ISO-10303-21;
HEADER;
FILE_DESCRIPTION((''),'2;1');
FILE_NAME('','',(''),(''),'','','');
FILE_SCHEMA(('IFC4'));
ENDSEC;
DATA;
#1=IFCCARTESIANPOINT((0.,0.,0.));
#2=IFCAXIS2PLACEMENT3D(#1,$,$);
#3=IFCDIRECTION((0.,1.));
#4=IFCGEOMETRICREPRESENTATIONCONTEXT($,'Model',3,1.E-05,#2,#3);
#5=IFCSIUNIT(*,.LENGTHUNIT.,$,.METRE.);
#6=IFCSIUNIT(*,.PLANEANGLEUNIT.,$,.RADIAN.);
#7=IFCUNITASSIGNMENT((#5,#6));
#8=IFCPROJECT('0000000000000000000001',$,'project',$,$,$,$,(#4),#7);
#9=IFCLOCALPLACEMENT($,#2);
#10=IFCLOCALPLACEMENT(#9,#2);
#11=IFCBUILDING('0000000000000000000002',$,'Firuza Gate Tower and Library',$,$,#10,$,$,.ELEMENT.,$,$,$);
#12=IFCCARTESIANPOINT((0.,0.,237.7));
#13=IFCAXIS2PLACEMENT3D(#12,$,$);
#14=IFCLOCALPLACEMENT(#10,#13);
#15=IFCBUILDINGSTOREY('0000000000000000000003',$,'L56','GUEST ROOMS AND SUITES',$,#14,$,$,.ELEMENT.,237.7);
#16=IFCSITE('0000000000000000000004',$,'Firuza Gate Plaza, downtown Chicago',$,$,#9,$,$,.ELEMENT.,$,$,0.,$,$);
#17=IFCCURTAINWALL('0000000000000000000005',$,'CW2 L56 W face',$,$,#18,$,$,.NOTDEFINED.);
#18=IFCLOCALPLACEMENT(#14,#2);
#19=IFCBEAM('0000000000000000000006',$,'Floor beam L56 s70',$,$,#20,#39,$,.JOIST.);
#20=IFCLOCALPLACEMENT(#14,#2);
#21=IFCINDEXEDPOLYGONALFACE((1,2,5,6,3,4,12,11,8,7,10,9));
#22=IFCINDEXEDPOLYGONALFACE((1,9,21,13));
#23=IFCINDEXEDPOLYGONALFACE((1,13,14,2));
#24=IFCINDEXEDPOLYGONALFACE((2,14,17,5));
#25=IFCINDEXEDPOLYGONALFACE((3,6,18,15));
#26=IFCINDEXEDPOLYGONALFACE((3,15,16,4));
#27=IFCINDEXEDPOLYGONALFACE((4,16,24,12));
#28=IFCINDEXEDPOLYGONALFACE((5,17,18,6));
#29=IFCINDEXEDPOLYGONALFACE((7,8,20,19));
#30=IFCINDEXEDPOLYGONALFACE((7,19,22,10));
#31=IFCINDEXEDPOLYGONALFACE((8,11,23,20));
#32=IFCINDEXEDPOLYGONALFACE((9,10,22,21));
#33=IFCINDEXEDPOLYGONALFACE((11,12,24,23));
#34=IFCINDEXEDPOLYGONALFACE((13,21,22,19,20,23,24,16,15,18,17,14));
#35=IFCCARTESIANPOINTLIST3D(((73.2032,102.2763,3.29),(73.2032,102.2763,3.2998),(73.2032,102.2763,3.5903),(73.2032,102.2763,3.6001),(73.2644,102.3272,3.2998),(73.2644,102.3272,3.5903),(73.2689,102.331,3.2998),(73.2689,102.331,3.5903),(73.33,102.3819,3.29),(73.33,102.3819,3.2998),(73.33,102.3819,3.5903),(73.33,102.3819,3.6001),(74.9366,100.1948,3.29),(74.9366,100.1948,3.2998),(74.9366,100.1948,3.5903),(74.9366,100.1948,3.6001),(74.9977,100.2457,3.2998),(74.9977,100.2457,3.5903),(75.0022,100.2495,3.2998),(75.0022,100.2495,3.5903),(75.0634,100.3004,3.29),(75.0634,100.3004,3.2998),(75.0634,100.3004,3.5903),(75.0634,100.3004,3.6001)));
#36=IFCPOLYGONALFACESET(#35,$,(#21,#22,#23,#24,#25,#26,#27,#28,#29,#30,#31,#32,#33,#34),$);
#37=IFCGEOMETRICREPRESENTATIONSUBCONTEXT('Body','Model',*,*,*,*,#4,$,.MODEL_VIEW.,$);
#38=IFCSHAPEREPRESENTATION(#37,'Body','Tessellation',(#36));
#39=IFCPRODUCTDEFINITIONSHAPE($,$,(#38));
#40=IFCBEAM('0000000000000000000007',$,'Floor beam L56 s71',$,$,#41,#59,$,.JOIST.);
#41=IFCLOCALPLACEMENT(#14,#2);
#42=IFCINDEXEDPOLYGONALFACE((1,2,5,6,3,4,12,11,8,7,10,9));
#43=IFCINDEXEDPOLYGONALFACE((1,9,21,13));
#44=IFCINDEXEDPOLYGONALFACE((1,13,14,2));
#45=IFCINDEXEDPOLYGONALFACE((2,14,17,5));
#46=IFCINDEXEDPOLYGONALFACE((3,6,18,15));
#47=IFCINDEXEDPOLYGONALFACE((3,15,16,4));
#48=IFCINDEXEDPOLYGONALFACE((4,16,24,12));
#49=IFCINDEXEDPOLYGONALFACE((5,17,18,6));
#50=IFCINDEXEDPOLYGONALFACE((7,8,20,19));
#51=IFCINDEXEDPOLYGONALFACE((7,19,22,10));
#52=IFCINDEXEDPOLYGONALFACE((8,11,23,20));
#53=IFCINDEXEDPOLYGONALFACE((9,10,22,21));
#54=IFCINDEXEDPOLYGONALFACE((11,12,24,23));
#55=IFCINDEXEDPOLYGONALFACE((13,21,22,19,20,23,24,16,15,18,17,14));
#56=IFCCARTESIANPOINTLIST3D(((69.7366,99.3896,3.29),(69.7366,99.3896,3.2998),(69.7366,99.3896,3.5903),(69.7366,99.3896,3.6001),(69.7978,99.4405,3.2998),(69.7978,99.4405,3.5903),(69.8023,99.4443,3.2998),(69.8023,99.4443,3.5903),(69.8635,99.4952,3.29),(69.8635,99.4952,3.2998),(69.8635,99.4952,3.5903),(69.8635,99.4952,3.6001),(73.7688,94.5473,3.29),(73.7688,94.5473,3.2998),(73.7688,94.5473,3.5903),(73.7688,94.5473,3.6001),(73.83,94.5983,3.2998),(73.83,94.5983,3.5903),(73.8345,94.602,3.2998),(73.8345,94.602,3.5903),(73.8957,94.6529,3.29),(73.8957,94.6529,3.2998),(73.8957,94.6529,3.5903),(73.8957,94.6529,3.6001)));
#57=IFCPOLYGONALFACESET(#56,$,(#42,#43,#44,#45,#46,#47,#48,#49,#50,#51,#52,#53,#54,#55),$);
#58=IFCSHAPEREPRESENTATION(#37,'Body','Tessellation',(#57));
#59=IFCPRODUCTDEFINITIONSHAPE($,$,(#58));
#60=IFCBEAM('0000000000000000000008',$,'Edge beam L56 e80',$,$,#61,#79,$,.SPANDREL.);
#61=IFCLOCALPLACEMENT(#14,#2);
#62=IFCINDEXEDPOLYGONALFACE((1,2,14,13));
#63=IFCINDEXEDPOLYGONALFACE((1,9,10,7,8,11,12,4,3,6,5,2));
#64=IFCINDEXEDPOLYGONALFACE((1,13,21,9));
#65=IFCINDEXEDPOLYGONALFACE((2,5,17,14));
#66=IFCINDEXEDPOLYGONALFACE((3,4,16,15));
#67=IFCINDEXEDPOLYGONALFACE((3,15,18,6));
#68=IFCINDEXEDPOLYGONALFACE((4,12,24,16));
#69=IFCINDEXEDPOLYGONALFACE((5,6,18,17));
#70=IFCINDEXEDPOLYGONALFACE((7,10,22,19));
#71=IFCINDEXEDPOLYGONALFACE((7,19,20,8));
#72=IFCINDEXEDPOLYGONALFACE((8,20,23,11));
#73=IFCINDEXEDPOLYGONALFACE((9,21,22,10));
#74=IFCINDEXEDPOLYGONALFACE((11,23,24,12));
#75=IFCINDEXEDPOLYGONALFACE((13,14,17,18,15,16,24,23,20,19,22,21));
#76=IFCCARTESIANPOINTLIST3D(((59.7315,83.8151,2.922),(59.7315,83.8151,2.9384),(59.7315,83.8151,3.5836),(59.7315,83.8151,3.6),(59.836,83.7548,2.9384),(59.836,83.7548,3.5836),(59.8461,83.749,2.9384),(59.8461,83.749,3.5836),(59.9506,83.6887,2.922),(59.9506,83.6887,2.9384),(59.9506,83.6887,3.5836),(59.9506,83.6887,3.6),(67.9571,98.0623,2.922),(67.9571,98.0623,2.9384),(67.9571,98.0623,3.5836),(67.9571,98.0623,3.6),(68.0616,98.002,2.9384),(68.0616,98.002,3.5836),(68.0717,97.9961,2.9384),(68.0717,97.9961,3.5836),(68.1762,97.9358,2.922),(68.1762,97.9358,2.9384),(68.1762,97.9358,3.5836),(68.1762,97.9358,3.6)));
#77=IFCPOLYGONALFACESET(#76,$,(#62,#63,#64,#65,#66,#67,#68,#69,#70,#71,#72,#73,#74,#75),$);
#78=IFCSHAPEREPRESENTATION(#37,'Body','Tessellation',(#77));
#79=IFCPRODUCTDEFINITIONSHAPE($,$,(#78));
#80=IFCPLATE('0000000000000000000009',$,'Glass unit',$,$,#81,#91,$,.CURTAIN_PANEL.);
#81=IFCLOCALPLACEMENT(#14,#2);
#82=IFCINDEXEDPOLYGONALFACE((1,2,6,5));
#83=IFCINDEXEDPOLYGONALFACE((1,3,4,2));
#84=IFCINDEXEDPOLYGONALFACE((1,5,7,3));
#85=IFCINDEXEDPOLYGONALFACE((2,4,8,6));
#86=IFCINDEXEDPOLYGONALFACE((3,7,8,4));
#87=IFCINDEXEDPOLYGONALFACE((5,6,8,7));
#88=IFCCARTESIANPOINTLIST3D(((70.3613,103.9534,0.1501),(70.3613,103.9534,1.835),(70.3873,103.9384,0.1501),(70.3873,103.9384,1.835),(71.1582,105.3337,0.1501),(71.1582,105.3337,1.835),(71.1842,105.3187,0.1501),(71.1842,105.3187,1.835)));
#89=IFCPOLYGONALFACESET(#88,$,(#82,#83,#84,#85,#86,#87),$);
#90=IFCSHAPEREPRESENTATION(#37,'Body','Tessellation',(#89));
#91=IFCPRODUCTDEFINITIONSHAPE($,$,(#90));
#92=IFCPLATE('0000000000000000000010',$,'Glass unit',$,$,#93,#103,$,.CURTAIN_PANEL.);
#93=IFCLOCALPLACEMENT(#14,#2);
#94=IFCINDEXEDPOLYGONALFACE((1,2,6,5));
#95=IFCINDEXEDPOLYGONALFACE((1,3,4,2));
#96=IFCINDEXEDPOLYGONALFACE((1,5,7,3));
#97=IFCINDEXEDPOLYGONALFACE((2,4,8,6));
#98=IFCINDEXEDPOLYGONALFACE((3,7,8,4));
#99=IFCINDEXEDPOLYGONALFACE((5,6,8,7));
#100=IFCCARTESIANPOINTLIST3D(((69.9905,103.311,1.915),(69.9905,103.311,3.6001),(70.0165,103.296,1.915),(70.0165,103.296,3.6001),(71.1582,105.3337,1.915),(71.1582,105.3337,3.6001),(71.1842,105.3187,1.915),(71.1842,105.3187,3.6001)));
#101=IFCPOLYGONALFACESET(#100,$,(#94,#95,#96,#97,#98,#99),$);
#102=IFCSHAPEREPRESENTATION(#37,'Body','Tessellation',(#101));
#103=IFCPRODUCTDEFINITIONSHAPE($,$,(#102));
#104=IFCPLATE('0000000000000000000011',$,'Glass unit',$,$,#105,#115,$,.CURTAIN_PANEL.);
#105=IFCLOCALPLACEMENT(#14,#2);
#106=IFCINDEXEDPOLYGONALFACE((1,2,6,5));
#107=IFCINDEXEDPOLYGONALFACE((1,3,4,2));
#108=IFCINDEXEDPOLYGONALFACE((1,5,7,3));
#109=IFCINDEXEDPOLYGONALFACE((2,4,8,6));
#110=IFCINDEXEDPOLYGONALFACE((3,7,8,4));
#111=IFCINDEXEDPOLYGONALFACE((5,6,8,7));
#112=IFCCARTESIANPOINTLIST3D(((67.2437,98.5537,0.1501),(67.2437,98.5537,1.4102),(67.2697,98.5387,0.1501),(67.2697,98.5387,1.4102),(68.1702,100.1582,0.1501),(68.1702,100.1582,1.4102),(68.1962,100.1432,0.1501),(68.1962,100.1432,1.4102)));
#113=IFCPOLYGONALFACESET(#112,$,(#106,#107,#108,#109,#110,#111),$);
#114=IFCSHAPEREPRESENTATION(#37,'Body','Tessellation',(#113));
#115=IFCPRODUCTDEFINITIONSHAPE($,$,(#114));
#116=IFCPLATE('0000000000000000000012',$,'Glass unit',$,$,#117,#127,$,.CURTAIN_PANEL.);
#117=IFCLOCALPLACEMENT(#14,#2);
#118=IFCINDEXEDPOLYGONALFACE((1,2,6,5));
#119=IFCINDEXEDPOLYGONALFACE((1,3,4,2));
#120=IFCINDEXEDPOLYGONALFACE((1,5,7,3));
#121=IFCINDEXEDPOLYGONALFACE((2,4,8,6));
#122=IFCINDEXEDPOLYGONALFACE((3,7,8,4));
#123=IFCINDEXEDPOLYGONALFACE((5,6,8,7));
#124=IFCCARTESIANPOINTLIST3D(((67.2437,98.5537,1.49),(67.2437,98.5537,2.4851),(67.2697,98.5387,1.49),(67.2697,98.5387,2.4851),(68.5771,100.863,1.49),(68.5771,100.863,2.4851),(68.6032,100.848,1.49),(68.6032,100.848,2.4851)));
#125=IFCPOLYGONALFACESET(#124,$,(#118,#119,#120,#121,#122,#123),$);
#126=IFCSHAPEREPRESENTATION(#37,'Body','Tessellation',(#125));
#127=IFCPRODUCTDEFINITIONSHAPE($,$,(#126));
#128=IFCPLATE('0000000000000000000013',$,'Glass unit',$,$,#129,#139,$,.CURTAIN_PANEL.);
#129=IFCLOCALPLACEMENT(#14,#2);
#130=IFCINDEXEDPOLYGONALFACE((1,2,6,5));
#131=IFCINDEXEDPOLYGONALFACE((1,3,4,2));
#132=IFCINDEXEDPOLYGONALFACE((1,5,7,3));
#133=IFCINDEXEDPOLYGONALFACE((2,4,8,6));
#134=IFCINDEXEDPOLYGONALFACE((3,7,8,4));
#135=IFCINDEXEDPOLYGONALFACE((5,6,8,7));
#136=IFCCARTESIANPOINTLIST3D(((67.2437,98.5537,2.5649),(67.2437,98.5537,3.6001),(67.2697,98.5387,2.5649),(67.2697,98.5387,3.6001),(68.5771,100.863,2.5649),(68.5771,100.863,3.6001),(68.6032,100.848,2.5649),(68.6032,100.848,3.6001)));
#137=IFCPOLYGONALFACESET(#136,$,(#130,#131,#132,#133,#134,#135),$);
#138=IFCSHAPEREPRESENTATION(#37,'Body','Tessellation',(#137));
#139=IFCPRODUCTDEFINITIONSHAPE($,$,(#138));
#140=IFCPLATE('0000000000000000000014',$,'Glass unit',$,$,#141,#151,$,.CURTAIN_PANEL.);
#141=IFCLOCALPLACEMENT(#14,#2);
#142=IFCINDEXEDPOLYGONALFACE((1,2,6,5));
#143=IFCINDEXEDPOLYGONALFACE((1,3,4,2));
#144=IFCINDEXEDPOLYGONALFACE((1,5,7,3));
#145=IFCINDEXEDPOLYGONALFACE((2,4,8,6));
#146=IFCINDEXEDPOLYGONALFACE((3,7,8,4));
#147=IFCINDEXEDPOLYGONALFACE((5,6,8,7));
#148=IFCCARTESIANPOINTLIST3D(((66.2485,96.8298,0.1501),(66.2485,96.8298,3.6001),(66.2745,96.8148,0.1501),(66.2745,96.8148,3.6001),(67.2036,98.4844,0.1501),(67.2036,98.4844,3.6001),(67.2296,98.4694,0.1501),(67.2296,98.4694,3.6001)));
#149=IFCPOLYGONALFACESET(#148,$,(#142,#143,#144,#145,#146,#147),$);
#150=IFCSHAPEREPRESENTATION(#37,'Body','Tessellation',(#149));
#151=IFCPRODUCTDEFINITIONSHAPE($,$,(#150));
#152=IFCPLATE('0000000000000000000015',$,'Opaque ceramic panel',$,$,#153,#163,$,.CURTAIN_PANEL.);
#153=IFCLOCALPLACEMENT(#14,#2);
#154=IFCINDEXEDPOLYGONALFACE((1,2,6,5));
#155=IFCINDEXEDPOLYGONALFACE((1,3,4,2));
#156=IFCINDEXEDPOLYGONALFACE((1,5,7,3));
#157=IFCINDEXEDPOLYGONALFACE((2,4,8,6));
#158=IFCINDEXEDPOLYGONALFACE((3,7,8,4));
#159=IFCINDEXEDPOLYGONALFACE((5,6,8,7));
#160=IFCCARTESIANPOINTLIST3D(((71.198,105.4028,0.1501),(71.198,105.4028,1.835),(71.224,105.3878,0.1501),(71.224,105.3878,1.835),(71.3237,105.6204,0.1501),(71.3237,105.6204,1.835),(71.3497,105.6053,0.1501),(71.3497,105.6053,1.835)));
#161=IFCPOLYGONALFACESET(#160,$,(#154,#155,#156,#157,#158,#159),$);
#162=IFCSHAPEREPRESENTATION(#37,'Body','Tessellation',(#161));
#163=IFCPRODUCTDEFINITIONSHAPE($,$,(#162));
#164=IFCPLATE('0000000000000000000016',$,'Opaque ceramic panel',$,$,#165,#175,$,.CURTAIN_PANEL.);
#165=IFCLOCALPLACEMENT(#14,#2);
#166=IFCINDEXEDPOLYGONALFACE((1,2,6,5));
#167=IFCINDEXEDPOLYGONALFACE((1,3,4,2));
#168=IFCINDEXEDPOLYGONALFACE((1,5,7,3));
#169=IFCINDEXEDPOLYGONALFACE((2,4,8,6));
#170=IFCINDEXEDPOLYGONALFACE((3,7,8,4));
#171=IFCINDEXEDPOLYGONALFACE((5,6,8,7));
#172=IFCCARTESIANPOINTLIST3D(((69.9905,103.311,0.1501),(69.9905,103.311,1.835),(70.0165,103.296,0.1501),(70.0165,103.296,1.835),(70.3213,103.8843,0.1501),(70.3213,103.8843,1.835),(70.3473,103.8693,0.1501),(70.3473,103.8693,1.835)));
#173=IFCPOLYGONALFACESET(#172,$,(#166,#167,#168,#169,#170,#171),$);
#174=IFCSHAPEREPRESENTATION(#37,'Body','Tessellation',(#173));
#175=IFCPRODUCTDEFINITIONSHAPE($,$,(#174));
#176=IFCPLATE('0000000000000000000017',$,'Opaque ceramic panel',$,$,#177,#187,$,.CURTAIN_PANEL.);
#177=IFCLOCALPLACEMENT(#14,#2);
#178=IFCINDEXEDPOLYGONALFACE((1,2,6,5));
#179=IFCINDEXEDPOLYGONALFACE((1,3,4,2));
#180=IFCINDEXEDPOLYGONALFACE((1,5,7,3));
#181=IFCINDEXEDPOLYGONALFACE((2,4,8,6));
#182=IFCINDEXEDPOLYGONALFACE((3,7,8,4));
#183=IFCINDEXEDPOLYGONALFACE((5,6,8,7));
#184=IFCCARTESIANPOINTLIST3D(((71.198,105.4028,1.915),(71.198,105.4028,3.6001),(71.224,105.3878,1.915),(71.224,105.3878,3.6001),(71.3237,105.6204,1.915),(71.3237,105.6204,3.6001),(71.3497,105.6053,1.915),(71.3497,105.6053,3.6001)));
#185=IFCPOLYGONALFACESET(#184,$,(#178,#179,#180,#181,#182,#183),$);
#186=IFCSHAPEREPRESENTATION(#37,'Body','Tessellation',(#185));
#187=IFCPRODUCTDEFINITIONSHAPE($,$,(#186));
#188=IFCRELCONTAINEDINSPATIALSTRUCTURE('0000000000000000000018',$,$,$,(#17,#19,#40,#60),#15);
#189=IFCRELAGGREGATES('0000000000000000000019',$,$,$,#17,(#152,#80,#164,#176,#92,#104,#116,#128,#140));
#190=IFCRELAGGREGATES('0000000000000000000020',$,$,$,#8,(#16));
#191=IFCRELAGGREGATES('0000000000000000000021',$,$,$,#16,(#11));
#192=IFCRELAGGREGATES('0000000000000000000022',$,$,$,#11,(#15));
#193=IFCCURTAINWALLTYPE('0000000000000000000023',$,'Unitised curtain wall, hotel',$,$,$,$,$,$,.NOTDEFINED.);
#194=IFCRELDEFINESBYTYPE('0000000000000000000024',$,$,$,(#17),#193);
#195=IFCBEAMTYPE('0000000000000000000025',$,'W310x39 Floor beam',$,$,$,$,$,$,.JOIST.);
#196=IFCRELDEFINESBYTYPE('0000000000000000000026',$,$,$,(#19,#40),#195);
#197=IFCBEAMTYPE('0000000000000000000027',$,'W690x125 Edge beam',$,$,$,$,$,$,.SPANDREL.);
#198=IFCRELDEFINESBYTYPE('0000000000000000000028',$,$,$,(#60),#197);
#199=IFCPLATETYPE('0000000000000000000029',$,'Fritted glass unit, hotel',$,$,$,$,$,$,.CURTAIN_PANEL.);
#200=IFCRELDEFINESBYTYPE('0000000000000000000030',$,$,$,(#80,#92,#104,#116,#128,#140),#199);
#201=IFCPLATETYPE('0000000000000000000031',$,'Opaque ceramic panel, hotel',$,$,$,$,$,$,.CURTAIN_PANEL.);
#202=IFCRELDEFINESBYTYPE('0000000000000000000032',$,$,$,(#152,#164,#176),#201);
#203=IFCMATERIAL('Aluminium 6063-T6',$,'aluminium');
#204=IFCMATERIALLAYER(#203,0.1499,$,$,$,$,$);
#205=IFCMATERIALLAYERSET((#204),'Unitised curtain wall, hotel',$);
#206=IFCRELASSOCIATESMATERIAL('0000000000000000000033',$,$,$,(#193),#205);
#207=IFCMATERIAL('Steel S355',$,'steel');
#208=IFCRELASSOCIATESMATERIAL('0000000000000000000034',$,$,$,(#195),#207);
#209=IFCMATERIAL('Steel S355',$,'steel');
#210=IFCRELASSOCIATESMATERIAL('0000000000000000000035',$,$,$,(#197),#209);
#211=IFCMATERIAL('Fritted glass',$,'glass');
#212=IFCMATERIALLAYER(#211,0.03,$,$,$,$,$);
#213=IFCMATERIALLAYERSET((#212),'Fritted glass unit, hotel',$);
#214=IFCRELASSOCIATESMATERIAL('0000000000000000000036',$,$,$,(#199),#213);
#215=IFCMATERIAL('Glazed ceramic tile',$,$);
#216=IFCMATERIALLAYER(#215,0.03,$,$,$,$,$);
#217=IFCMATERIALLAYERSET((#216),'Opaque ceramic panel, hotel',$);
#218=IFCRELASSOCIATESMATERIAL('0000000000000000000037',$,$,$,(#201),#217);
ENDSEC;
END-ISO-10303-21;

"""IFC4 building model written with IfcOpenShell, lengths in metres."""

from ifc_helpers import new_model, si_unit, direction, frame, origin, origin_2d, place, context, subcontext, project, spatial, polyline, i_section, outline, extrude, material, layer, layer_set, material_profile, profile_set, type_object, element, aggregate, save


model = new_model("IFC4")

# Units and contexts
model_context = context("Model", 3, precision=1e-05, world=origin(), true_north=direction((0.0, 1.0)))
body_context = subcontext(model_context, "Body", "Model", "MODEL_VIEW")
ifc_project = project(units=[si_unit("LENGTHUNIT", "METRE"), si_unit("PLANEANGLEUNIT", "RADIAN")], contexts=[model_context])

# Site, building, storey
site_placement = place(None, origin())
site = spatial("IfcSite", under=ifc_project, at=site_placement, Name="Firuza Gate Plaza, downtown Chicago", CompositionType="ELEMENT", RefElevation=0.0)
building_placement = place(site_placement, origin())
building = spatial("IfcBuilding", under=site, at=building_placement, Name="Firuza Gate Tower and Library", CompositionType="ELEMENT")
storey_placement = place(building_placement, frame((0.0, 0.0, 237.7)))
storey = spatial("IfcBuildingStorey", under=building, at=storey_placement, Name="L56", Description="GUEST ROOMS AND SUITES", CompositionType="ELEMENT", Elevation=237.7)

# Curtain wall
ifc_material_1 = material(Name="Aluminium 6063-T6", Category="aluminium")
ifc_layer_1 = layer(ifc_material_1, 0.1499)
ifc_layer_set_1 = layer_set([ifc_layer_1], Name="Unitised curtain wall, hotel")
curtain_wall_type = type_object("IfcCurtainWallType", Name="Unitised curtain wall, hotel", PredefinedType="NOTDEFINED", material=ifc_layer_set_1)
curtain_wall_placement = place(storey_placement, origin())
curtain_wall = element("IfcCurtainWall", 1, at=curtain_wall_placement, inside=storey, type_object=curtain_wall_type, Name="CW2 L56 W face", PredefinedType="NOTDEFINED")

# Beams
ifc_material_2 = material(Name="Steel S355", Category="steel")
ifc_material_profile_1 = material_profile(ifc_material_2, i_section(OverallWidth=0.165, OverallDepth=0.3101, WebThickness=0.0059, FlangeThickness=0.0098, at=origin_2d()))
ifc_profile_set_1 = profile_set([ifc_material_profile_1], Name="Steel S355")
beam_type_1 = type_object("IfcBeamType", Name="W310x39 Floor beam", PredefinedType="JOIST", material=ifc_profile_set_1)
beam_1_placement = place(storey_placement, frame((73.2666, 102.3291, 3.4451), z_axis=(0.639918, -0.768443, 0.0), x_axis=(0.768443, 0.639918, 0.0)))
element("IfcBeam", 2, at=beam_1_placement, inside=storey, type_object=beam_type_1, Name="Floor beam L56 s70", PredefinedType="JOIST", context=body_context, shape_type="SweptSolid", body=[
    extrude(i_section(OverallWidth=0.165, OverallDepth=0.3101, WebThickness=0.0059, FlangeThickness=0.0098, at=origin_2d()), origin(), (0.0, 0.0, 1.0), 2.7087),
])
beam_2_placement = place(storey_placement, frame((69.8, 99.4424, 3.4451), z_axis=(0.639902, -0.768456, 0.0), x_axis=(0.768456, 0.639902, 0.0)))
element("IfcBeam", 3, at=beam_2_placement, inside=storey, type_object=beam_type_1, Name="Floor beam L56 s71", PredefinedType="JOIST", context=body_context, shape_type="SweptSolid", body=[
    extrude(i_section(OverallWidth=0.165, OverallDepth=0.3101, WebThickness=0.0059, FlangeThickness=0.0098, at=origin_2d()), origin(), (0.0, 0.0, 1.0), 6.3013),
])
ifc_material_3 = material(Name="Steel S355", Category="steel")
ifc_material_profile_2 = material_profile(ifc_material_3, i_section(OverallWidth=0.2529, OverallDepth=0.678, WebThickness=0.0117, FlangeThickness=0.0164, at=origin_2d()))
ifc_profile_set_2 = profile_set([ifc_material_profile_2], Name="Steel S355")
beam_type_2 = type_object("IfcBeamType", Name="W690x125 Edge beam", PredefinedType="SPANDREL", material=ifc_profile_set_2)
beam_3_placement = place(storey_placement, frame((68.0667, 97.999, 3.261), z_axis=(-0.500002, -0.866024, 0.0), x_axis=(0.866024, -0.500002, 0.0)))
element("IfcBeam", 4, at=beam_3_placement, inside=storey, type_object=beam_type_2, Name="Edge beam L56 e80", PredefinedType="SPANDREL", context=body_context, shape_type="SweptSolid", body=[
    extrude(i_section(OverallWidth=0.2529, OverallDepth=0.678, WebThickness=0.0117, FlangeThickness=0.0164, at=origin_2d()), origin(), (0.0, 0.0, 1.0), 16.4512),
])

# Plates
ifc_material_4 = material(Name="Fritted glass", Category="glass")
ifc_layer_2 = layer(ifc_material_4, 0.03)
ifc_layer_set_2 = layer_set([ifc_layer_2], Name="Fritted glass unit, hotel")
plate_type_1 = type_object("IfcPlateType", Name="Fritted glass unit, hotel", PredefinedType="CURTAIN_PANEL", material=ifc_layer_set_2)
plate_1_placement = place(storey_placement, frame((71.1582, 105.3337, 0.1501), z_axis=(-0.866048, 0.499961, 0.0), x_axis=(-0.499961, -0.866048, 0.0)))
plate_1 = element("IfcPlate", 5, at=plate_1_placement, type_object=plate_type_1, Name="Glass unit", PredefinedType="CURTAIN_PANEL", context=body_context, shape_type="SweptSolid", body=[
    extrude(outline(polyline([(0.0, 0.0), (1.5939, 0.0), (1.5939, 1.6848), (0.0, 1.6848), (0.0, 0.0)])), origin(), (0.0, 0.0, -1.0), 0.03),
])
plate_2_placement = place(storey_placement, frame((71.1582, 105.3337, 1.915), z_axis=(-0.866041, 0.499973, 0.0), x_axis=(-0.499973, -0.866041, 0.0)))
plate_2 = element("IfcPlate", 6, at=plate_2_placement, type_object=plate_type_1, Name="Glass unit", PredefinedType="CURTAIN_PANEL", context=body_context, shape_type="SweptSolid", body=[
    extrude(outline(polyline([(0.0, 0.0), (2.3356, 0.0), (2.3356, 1.6851), (0.0, 1.6851), (0.0, 0.0)])), origin(), (0.0, 0.0, -1.0), 0.03),
])
plate_3_placement = place(storey_placement, frame((68.1702, 100.1582, 0.1501), z_axis=(-0.865988, 0.500065, 0.0), x_axis=(-0.500065, -0.865988, 0.0)))
plate_3 = element("IfcPlate", 7, at=plate_3_placement, type_object=plate_type_1, Name="Glass unit", PredefinedType="CURTAIN_PANEL", context=body_context, shape_type="SweptSolid", body=[
    extrude(outline(polyline([(0.0, 0.0), (1.8528, 0.0), (1.8528, 1.26), (0.0, 1.26), (0.0, 0.0)])), origin(), (0.0, 0.0, -1.0), 0.03),
])
plate_4_placement = place(storey_placement, frame((68.5771, 100.863, 1.49), z_axis=(-0.865992, 0.500058, 0.0), x_axis=(-0.500058, -0.865992, 0.0)))
plate_4 = element("IfcPlate", 8, at=plate_4_placement, type_object=plate_type_1, Name="Glass unit", PredefinedType="CURTAIN_PANEL", context=body_context, shape_type="SweptSolid", body=[
    extrude(outline(polyline([(0.0, 0.0), (2.6667, 0.0), (2.6667, 0.9951), (0.0, 0.9951), (0.0, 0.0)])), origin(), (0.0, 0.0, -1.0), 0.03),
])
plate_5_placement = place(storey_placement, frame((68.5771, 100.863, 2.5649), z_axis=(-0.865992, 0.500058, 0.0), x_axis=(-0.500058, -0.865992, 0.0)))
plate_5 = element("IfcPlate", 9, at=plate_5_placement, type_object=plate_type_1, Name="Glass unit", PredefinedType="CURTAIN_PANEL", context=body_context, shape_type="SweptSolid", body=[
    extrude(outline(polyline([(0.0, 0.0), (2.6667, 0.0), (2.6667, 1.0352), (0.0, 1.0352), (0.0, 0.0)])), origin(), (0.0, 0.0, -1.0), 0.03),
])
plate_6_placement = place(storey_placement, frame((67.2036, 98.4844, 0.1501), z_axis=(-0.866064, 0.499933, 0.0), x_axis=(-0.499933, -0.866064, 0.0)))
plate_6 = element("IfcPlate", 10, at=plate_6_placement, type_object=plate_type_1, Name="Glass unit", PredefinedType="CURTAIN_PANEL", context=body_context, shape_type="SweptSolid", body=[
    extrude(outline(polyline([(0.0, 0.0), (1.9104, 0.0), (1.9104, 3.45), (0.0, 3.45), (0.0, 0.0)])), origin(), (0.0, 0.0, -1.0), 0.03),
])
ifc_material_5 = material(Name="Glazed ceramic tile")
ifc_layer_3 = layer(ifc_material_5, 0.03)
ifc_layer_set_3 = layer_set([ifc_layer_3], Name="Opaque ceramic panel, hotel")
plate_type_2 = type_object("IfcPlateType", Name="Opaque ceramic panel, hotel", PredefinedType="CURTAIN_PANEL", material=ifc_layer_set_3)
plate_7_placement = place(storey_placement, frame((71.3237, 105.6204, 0.1501), z_axis=(-0.865781, 0.500423, 0.0), x_axis=(-0.500423, -0.865781, 0.0)))
plate_7 = element("IfcPlate", 11, at=plate_7_placement, type_object=plate_type_2, Name="Opaque ceramic panel", PredefinedType="CURTAIN_PANEL", context=body_context, shape_type="SweptSolid", body=[
    extrude(outline(polyline([(0.0, 0.0), (0.2513, 0.0), (0.2513, 1.6848), (0.0, 1.6848), (0.0, 0.0)])), origin(), (0.0, 0.0, -1.0), 0.03),
])
plate_8_placement = place(storey_placement, frame((70.3213, 103.8843, 0.1501), z_axis=(-0.866124, 0.499829, 0.0), x_axis=(-0.499829, -0.866124, 0.0)))
plate_8 = element("IfcPlate", 12, at=plate_8_placement, type_object=plate_type_2, Name="Opaque ceramic panel", PredefinedType="CURTAIN_PANEL", context=body_context, shape_type="SweptSolid", body=[
    extrude(outline(polyline([(0.0, 0.0), (0.6618, 0.0), (0.6618, 1.6848), (0.0, 1.6848), (0.0, 0.0)])), origin(), (0.0, 0.0, -1.0), 0.03),
])
plate_9_placement = place(storey_placement, frame((71.3237, 105.6204, 1.915), z_axis=(-0.865781, 0.500423, 0.0), x_axis=(-0.500423, -0.865781, 0.0)))
plate_9 = element("IfcPlate", 13, at=plate_9_placement, type_object=plate_type_2, Name="Opaque ceramic panel", PredefinedType="CURTAIN_PANEL", context=body_context, shape_type="SweptSolid", body=[
    extrude(outline(polyline([(0.0, 0.0), (0.2513, 0.0), (0.2513, 1.6851), (0.0, 1.6851), (0.0, 0.0)])), origin(), (0.0, 0.0, -1.0), 0.03),
])
aggregate(curtain_wall, [plate_7, plate_1, plate_8, plate_9, plate_2, plate_3, plate_4, plate_5, plate_6])

save(model, "model.ifc")
